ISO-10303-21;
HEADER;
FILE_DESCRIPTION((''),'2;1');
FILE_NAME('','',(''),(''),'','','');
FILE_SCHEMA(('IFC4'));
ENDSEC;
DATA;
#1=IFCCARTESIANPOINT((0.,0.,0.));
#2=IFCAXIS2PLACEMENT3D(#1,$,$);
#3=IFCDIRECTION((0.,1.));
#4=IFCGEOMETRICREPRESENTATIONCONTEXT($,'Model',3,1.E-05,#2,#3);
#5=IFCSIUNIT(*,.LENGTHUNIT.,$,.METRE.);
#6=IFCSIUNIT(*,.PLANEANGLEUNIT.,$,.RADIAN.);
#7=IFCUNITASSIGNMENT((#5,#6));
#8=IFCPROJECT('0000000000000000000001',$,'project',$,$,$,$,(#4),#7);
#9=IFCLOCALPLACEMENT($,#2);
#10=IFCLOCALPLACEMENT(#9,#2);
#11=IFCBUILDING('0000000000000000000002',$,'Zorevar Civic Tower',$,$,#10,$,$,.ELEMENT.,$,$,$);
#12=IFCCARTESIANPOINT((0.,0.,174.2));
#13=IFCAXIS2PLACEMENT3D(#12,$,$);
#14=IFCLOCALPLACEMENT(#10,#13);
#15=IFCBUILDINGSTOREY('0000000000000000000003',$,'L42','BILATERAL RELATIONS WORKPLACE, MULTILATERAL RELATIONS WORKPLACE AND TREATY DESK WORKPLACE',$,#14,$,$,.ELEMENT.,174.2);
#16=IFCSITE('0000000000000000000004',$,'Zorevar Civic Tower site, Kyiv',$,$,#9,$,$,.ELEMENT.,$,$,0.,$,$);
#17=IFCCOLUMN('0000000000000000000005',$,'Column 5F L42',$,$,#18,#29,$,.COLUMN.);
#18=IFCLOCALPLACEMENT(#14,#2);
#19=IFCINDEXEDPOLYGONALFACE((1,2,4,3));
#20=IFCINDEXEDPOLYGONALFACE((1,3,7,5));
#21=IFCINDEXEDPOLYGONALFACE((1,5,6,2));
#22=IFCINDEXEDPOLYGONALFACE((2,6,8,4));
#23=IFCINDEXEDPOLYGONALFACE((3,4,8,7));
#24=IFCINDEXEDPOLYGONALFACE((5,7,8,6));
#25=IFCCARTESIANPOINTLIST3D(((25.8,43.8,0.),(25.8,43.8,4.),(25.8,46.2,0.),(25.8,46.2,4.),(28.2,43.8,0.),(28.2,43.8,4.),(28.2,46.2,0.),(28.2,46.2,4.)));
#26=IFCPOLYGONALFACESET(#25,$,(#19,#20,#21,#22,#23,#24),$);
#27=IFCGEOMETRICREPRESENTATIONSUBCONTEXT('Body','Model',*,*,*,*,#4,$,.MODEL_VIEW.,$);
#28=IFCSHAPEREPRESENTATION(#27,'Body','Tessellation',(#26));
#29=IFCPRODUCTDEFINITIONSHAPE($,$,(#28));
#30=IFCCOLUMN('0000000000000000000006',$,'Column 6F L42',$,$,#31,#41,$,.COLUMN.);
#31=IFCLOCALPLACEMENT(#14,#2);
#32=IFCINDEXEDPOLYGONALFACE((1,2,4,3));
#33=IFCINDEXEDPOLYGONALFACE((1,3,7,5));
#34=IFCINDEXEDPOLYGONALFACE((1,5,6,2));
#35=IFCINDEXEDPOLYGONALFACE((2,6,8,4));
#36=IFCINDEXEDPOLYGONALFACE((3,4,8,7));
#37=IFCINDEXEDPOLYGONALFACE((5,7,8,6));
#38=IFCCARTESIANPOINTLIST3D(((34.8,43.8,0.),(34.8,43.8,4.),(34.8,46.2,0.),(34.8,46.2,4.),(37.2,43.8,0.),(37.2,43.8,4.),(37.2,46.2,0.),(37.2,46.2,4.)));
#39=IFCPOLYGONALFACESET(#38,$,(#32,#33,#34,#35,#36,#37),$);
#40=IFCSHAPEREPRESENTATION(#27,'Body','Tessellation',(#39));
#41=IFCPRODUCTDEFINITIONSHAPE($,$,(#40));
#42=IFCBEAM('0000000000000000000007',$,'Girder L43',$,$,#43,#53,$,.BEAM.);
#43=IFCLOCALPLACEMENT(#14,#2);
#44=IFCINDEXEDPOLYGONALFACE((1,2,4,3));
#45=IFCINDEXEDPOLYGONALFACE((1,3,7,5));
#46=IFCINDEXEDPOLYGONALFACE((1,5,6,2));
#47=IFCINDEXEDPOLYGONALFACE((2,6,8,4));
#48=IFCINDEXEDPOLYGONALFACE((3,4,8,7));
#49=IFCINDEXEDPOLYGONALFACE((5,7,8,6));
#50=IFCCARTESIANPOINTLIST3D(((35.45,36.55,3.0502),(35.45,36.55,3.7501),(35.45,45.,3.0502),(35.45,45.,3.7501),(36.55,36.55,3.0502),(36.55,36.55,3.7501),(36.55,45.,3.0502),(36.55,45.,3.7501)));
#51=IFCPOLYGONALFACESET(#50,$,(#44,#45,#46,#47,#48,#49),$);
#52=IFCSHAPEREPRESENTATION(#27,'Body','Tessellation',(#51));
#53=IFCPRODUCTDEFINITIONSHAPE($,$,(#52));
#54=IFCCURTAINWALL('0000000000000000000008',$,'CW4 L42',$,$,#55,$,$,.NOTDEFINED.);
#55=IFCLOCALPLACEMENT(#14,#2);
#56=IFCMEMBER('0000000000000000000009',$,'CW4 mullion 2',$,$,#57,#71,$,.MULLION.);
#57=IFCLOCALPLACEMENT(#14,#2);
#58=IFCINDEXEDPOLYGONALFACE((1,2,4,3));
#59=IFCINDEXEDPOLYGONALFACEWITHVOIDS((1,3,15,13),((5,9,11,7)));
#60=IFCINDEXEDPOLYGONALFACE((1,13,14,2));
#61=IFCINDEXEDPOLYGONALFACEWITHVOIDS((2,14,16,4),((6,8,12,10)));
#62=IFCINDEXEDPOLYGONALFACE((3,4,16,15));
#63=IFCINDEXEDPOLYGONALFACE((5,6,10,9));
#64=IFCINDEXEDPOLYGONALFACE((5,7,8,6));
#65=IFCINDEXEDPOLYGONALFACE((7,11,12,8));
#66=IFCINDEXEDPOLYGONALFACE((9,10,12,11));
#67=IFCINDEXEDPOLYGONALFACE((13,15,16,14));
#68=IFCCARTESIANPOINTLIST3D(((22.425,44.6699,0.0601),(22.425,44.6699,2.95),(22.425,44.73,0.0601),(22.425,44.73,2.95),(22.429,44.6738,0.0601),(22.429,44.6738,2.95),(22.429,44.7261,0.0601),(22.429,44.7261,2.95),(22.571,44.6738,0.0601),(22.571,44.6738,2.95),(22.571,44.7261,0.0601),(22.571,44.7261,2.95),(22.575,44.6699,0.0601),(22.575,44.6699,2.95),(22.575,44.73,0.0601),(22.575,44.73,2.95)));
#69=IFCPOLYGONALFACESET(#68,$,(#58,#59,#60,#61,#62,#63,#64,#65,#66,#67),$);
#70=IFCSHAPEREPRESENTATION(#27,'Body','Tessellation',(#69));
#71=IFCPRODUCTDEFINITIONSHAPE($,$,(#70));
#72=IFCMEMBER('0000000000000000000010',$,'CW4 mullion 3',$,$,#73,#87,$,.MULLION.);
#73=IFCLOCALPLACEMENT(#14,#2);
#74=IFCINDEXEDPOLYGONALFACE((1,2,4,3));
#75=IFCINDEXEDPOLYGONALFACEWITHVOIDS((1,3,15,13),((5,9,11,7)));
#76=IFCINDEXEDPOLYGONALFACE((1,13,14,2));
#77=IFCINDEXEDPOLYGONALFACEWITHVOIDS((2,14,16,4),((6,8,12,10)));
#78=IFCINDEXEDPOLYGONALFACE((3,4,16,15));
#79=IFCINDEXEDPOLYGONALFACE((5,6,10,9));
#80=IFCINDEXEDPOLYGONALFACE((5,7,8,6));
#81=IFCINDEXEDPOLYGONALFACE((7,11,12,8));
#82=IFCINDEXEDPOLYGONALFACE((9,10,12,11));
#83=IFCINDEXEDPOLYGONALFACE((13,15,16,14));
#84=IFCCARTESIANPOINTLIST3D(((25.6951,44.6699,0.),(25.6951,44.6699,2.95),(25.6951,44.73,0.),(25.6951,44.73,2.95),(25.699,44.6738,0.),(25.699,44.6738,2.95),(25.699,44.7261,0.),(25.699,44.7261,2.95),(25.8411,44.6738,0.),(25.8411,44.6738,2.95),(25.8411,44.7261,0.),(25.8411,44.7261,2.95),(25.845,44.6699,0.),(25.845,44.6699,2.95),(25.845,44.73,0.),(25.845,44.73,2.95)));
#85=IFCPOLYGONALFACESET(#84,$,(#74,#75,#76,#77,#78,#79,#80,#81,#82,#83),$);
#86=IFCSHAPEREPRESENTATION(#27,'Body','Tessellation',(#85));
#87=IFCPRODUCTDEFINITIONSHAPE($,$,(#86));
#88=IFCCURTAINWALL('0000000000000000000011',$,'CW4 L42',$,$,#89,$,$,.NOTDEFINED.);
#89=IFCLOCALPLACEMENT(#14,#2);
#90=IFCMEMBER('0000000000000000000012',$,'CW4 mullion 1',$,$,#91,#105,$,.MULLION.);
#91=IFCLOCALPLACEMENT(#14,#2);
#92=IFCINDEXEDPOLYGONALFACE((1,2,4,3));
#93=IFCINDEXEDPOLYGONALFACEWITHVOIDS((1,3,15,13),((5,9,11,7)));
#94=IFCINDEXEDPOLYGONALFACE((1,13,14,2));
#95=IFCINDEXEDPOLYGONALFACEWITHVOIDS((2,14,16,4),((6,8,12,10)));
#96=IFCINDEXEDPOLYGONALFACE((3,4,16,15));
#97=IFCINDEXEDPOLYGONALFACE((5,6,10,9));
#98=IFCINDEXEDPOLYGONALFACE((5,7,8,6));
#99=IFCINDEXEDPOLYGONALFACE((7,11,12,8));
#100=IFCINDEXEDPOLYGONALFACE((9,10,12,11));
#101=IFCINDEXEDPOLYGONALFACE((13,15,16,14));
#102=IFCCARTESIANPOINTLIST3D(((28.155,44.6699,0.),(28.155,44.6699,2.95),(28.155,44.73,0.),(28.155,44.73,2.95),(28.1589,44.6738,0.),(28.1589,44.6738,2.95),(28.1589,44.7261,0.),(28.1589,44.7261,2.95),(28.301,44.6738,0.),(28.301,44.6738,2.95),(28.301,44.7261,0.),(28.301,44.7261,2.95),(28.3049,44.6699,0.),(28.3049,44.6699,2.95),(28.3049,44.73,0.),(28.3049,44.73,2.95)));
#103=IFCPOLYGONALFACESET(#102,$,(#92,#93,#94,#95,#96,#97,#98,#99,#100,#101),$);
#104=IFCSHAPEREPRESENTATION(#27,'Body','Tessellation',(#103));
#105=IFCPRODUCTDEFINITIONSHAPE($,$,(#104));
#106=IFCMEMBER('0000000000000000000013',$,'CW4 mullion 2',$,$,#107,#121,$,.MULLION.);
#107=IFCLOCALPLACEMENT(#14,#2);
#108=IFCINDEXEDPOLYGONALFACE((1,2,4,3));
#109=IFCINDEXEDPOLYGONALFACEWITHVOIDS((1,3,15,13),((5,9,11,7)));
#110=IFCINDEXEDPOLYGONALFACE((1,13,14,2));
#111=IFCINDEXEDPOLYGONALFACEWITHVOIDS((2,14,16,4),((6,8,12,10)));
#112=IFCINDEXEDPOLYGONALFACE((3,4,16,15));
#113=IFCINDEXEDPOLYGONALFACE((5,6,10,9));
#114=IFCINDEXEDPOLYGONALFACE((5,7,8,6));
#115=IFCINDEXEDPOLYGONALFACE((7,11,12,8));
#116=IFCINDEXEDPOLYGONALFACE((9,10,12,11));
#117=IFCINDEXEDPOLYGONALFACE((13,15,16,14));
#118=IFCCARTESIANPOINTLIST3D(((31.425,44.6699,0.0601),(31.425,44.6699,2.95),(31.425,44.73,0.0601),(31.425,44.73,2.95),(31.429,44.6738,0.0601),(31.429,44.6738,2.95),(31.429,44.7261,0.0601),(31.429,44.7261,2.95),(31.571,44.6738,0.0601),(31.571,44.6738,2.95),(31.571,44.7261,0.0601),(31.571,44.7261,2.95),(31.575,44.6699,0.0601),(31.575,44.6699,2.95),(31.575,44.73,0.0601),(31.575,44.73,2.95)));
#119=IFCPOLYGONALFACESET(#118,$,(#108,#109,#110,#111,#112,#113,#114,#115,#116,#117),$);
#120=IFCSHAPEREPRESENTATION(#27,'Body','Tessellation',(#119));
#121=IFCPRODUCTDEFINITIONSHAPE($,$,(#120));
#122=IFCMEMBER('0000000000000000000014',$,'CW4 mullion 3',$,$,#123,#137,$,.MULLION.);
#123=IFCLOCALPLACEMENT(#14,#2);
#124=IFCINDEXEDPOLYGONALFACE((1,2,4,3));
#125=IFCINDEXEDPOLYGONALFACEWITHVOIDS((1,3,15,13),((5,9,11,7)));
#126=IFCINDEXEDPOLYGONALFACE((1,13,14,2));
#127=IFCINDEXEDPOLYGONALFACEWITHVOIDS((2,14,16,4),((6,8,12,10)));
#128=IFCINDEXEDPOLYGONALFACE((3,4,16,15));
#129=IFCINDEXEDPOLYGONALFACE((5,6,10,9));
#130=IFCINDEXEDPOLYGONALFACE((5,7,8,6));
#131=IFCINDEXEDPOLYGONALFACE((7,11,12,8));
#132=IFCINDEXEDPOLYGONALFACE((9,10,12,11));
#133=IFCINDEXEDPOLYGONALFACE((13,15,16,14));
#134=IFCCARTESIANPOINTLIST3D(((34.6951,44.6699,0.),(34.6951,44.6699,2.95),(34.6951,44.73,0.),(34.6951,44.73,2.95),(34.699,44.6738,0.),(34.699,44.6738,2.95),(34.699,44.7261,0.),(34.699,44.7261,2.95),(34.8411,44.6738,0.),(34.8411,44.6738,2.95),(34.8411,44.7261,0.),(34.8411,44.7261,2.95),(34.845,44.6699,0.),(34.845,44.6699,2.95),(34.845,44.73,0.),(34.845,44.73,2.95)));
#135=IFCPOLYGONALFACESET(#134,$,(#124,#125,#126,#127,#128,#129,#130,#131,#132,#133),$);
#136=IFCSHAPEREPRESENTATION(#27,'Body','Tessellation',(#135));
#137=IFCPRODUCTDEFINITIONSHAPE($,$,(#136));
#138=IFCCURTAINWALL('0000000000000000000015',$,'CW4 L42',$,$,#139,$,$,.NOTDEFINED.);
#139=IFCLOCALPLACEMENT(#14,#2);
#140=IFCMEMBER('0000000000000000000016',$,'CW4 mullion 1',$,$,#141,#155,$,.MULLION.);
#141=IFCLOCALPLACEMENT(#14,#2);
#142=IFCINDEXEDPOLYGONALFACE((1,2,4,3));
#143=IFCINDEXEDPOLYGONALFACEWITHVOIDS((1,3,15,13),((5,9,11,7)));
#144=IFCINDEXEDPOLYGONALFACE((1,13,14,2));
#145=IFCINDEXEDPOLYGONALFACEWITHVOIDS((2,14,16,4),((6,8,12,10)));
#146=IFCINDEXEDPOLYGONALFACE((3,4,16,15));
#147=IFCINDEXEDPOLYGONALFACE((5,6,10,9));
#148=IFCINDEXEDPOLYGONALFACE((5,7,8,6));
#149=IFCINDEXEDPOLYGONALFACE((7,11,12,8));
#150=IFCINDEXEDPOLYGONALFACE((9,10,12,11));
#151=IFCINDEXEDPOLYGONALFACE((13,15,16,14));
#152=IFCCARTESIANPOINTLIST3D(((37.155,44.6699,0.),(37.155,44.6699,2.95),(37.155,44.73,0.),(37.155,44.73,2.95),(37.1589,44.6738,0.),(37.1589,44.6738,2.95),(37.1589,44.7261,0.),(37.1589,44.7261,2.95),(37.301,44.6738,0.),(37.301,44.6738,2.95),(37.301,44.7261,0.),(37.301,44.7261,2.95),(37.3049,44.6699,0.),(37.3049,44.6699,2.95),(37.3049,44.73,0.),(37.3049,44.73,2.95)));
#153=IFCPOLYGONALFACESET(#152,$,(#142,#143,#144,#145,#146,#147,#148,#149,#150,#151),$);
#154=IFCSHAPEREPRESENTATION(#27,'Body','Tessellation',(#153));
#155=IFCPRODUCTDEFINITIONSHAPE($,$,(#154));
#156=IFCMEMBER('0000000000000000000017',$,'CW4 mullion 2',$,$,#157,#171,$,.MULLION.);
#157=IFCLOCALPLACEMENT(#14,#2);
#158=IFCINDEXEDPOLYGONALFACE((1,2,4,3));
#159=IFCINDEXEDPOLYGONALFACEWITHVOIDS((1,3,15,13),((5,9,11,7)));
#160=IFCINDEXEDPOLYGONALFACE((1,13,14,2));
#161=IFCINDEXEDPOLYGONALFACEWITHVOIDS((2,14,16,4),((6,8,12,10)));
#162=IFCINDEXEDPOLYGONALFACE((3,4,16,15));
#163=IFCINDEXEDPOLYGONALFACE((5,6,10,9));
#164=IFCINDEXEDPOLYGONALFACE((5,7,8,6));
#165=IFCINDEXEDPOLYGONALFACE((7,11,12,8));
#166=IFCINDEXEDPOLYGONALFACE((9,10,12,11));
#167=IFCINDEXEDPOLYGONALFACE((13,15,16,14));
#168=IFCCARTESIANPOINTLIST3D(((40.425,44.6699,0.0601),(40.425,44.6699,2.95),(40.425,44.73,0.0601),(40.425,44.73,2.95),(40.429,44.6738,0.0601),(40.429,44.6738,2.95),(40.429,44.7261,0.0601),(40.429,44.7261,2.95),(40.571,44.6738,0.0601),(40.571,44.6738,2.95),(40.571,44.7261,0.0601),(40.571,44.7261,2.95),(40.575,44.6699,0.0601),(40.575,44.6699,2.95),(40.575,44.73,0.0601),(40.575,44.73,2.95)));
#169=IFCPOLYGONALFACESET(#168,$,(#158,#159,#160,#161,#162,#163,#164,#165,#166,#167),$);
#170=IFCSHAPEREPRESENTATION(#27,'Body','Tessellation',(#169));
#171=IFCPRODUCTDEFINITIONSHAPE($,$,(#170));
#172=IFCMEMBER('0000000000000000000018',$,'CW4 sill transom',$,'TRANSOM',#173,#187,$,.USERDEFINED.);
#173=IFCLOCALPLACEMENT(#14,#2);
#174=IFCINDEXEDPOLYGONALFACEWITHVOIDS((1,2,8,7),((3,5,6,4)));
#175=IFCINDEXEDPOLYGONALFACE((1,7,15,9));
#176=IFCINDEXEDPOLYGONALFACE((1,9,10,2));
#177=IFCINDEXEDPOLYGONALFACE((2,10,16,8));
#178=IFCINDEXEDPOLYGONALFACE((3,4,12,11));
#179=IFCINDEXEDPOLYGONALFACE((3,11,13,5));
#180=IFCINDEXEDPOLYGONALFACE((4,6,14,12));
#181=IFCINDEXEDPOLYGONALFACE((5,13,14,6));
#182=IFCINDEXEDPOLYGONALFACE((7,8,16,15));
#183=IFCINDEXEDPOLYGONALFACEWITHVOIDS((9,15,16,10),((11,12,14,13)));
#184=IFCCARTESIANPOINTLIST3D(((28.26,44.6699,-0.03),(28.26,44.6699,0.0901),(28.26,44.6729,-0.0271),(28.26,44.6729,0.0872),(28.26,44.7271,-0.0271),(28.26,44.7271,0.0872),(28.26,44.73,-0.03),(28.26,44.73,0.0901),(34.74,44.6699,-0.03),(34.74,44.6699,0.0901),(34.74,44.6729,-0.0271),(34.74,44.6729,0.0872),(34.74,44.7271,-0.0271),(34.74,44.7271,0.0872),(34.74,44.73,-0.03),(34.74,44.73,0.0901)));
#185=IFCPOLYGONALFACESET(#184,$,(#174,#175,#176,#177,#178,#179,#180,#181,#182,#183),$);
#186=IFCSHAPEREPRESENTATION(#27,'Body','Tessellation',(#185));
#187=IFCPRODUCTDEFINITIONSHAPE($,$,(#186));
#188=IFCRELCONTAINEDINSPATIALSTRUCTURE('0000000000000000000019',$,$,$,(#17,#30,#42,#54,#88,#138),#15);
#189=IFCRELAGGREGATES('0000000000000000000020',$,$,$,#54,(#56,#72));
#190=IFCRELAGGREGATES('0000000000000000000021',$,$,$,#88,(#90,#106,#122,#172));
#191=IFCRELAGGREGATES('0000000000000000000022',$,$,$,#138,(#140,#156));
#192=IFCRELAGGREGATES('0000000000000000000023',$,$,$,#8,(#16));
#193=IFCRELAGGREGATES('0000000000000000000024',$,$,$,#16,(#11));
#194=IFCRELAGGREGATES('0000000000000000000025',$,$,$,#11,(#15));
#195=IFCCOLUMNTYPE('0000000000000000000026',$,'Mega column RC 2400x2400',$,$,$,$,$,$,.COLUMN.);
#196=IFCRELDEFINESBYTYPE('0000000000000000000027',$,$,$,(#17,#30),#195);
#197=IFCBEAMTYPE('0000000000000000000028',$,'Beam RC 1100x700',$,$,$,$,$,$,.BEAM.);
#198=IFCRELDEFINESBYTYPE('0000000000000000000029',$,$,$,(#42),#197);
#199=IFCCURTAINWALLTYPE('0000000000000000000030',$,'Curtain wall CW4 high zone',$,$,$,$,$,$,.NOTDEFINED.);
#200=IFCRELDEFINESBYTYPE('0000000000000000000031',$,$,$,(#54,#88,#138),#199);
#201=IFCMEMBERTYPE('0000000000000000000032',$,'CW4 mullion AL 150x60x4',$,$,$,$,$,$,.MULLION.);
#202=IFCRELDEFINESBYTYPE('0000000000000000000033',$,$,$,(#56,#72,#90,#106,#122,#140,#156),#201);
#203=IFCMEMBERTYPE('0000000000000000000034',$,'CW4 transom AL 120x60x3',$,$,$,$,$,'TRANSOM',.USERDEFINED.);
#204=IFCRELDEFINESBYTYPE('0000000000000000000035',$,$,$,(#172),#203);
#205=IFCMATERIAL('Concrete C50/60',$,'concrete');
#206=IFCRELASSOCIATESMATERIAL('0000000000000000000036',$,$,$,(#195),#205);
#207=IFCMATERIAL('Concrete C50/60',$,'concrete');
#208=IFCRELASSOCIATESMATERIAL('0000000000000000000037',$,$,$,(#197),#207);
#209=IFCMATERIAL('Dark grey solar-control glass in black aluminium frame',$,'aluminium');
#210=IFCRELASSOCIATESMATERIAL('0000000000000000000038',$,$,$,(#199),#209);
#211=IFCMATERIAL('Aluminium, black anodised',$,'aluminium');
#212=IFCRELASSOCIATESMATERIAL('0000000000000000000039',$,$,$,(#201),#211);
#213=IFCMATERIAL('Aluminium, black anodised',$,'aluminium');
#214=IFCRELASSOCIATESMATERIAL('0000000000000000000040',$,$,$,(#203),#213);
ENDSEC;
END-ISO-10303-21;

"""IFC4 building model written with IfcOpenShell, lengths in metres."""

from ifc_helpers import new_model, si_unit, direction, frame, origin, origin_2d, place, context, subcontext, project, spatial, rectangle, hollow_rectangle, extrude, material, material_profile, profile_set, type_object, element, aggregate, save


model = new_model("IFC4")

# Units and contexts
model_context = context("Model", 3, precision=1e-05, world=origin(), true_north=direction((0.0, 1.0)))
body_context = subcontext(model_context, "Body", "Model", "MODEL_VIEW")
ifc_project = project(units=[si_unit("LENGTHUNIT", "METRE"), si_unit("PLANEANGLEUNIT", "RADIAN")], contexts=[model_context])

# Site, building, storey
site_placement = place(None, origin())
site = spatial("IfcSite", under=ifc_project, at=site_placement, Name="Zorevar Civic Tower site, Kyiv", CompositionType="ELEMENT", RefElevation=0.0)
building_placement = place(site_placement, origin())
building = spatial("IfcBuilding", under=site, at=building_placement, Name="Zorevar Civic Tower", CompositionType="ELEMENT")
storey_placement = place(building_placement, frame((0.0, 0.0, 174.2)))
storey = spatial("IfcBuildingStorey", under=building, at=storey_placement, Name="L42", Description="BILATERAL RELATIONS WORKPLACE, MULTILATERAL RELATIONS WORKPLACE AND TREATY DESK WORKPLACE", CompositionType="ELEMENT", Elevation=174.2)

# Columns
ifc_material_1 = material(Name="Concrete C50/60", Category="concrete")
ifc_material_profile_1 = material_profile(ifc_material_1, rectangle(XDim=2.3999, YDim=2.3999, at=origin_2d()), Name="RC 2400x2400")
ifc_profile_set_1 = profile_set([ifc_material_profile_1], Name="Concrete C50/60")
column_type = type_object("IfcColumnType", Name="Mega column RC 2400x2400", PredefinedType="COLUMN", material=ifc_profile_set_1)
for number, where, z_axis, x_axis, name in (
    (1, (27.0, 45.0, 0.0), (0.0, 0.0, 1.0), (1.0, 0.0, 0.0), "Column 5F L42"),
    (2, (36.0, 45.0, 0.0), (0.0, 0.0, 1.0), (1.0, 0.0, 0.0), "Column 6F L42"),
):
    element("IfcColumn", number, at=place(storey_placement, frame(where, z_axis=z_axis, x_axis=x_axis)), inside=storey, type_object=column_type, Name=name, PredefinedType="COLUMN", context=body_context, shape_type="SweptSolid", body=[
        extrude(rectangle(XDim=2.3999, YDim=2.3999, at=origin_2d()), origin(), (0.0, 0.0, 1.0), 4.0),
    ])

# Beam
ifc_material_2 = material(Name="Concrete C50/60", Category="concrete")
ifc_material_profile_2 = material_profile(ifc_material_2, rectangle(XDim=1.1001, YDim=0.7, at=origin_2d()), Name="RC 1100x700")
ifc_profile_set_2 = profile_set([ifc_material_profile_2], Name="Concrete C50/60")
beam_type_1 = type_object("IfcBeamType", Name="Beam RC 1100x700", PredefinedType="BEAM", material=ifc_profile_set_2)
beam_placement = place(storey_placement, frame((36.0, 36.55, 3.4001), z_axis=(0.0, 1.0, 0.0), x_axis=(-1.0, 0.0, 0.0)))
element("IfcBeam", 3, at=beam_placement, inside=storey, type_object=beam_type_1, Name="Girder L43", PredefinedType="BEAM", context=body_context, shape_type="SweptSolid", body=[
    extrude(rectangle(XDim=1.1001, YDim=0.7, at=origin_2d()), origin(), (0.0, 0.0, 1.0), 8.45),
])

# Curtain walls, members
ifc_material_3 = material(Name="Dark grey solar-control glass in black aluminium frame", Category="aluminium")
curtain_wall_type = type_object("IfcCurtainWallType", Name="Curtain wall CW4 high zone", PredefinedType="NOTDEFINED", material=ifc_material_3)
curtain_wall_1_placement = place(storey_placement, origin())
curtain_wall_1 = element("IfcCurtainWall", 4, at=curtain_wall_1_placement, inside=storey, type_object=curtain_wall_type, Name="CW4 L42", PredefinedType="NOTDEFINED")
ifc_material_4 = material(Name="Aluminium, black anodised", Category="aluminium")
ifc_material_profile_3 = material_profile(ifc_material_4, hollow_rectangle(XDim=0.0601, YDim=0.1499, WallThickness=0.0039, at=origin_2d()), Name="AL 150x60x4")
ifc_profile_set_3 = profile_set([ifc_material_profile_3], Name="Aluminium, black anodised")
member_type_1 = type_object("IfcMemberType", Name="CW4 mullion AL 150x60x4", PredefinedType="MULLION", material=ifc_profile_set_3)
member_1_placement = place(storey_placement, frame((22.5, 44.7, 0.0601), z_axis=(0.0, 0.0, 1.0), x_axis=(0.0, 1.0, 0.0)))
member_1 = element("IfcMember", 5, at=member_1_placement, type_object=member_type_1, Name="CW4 mullion 2", PredefinedType="MULLION", context=body_context, shape_type="SweptSolid", body=[
    extrude(hollow_rectangle(XDim=0.0601, YDim=0.1499, WallThickness=0.0039, at=origin_2d()), origin(), (0.0, 0.0, 1.0), 2.8899),
])
member_2_placement = place(storey_placement, frame((25.77, 44.7, 0.0), z_axis=(0.0, 0.0, 1.0), x_axis=(0.0, 1.0, 0.0)))
member_2 = element("IfcMember", 6, at=member_2_placement, type_object=member_type_1, Name="CW4 mullion 3", PredefinedType="MULLION", context=body_context, shape_type="SweptSolid", body=[
    extrude(hollow_rectangle(XDim=0.0601, YDim=0.1499, WallThickness=0.0039, at=origin_2d()), origin(), (0.0, 0.0, 1.0), 2.95),
])
curtain_wall_2_placement = place(storey_placement, origin())
curtain_wall_2 = element("IfcCurtainWall", 7, at=curtain_wall_2_placement, inside=storey, type_object=curtain_wall_type, Name="CW4 L42", PredefinedType="NOTDEFINED")
member_3_placement = place(storey_placement, frame((28.23, 44.7, 0.0), z_axis=(0.0, 0.0, 1.0), x_axis=(0.0, 1.0, 0.0)))
member_3 = element("IfcMember", 8, at=member_3_placement, type_object=member_type_1, Name="CW4 mullion 1", PredefinedType="MULLION", context=body_context, shape_type="SweptSolid", body=[
    extrude(hollow_rectangle(XDim=0.0601, YDim=0.1499, WallThickness=0.0039, at=origin_2d()), origin(), (0.0, 0.0, 1.0), 2.95),
])
member_4_placement = place(storey_placement, frame((31.5, 44.7, 0.0601), z_axis=(0.0, 0.0, 1.0), x_axis=(0.0, 1.0, 0.0)))
member_4 = element("IfcMember", 9, at=member_4_placement, type_object=member_type_1, Name="CW4 mullion 2", PredefinedType="MULLION", context=body_context, shape_type="SweptSolid", body=[
    extrude(hollow_rectangle(XDim=0.0601, YDim=0.1499, WallThickness=0.0039, at=origin_2d()), origin(), (0.0, 0.0, 1.0), 2.8899),
])
member_5_placement = place(storey_placement, frame((34.77, 44.7, 0.0), z_axis=(0.0, 0.0, 1.0), x_axis=(0.0, 1.0, 0.0)))
member_5 = element("IfcMember", 10, at=member_5_placement, type_object=member_type_1, Name="CW4 mullion 3", PredefinedType="MULLION", context=body_context, shape_type="SweptSolid", body=[
    extrude(hollow_rectangle(XDim=0.0601, YDim=0.1499, WallThickness=0.0039, at=origin_2d()), origin(), (0.0, 0.0, 1.0), 2.95),
])
curtain_wall_3_placement = place(storey_placement, origin())
curtain_wall_3 = element("IfcCurtainWall", 11, at=curtain_wall_3_placement, inside=storey, type_object=curtain_wall_type, Name="CW4 L42", PredefinedType="NOTDEFINED")
member_6_placement = place(storey_placement, frame((37.23, 44.7, 0.0), z_axis=(0.0, 0.0, 1.0), x_axis=(0.0, 1.0, 0.0)))
member_6 = element("IfcMember", 12, at=member_6_placement, type_object=member_type_1, Name="CW4 mullion 1", PredefinedType="MULLION", context=body_context, shape_type="SweptSolid", body=[
    extrude(hollow_rectangle(XDim=0.0601, YDim=0.1499, WallThickness=0.0039, at=origin_2d()), origin(), (0.0, 0.0, 1.0), 2.95),
])
member_7_placement = place(storey_placement, frame((40.5, 44.7, 0.0601), z_axis=(0.0, 0.0, 1.0), x_axis=(0.0, 1.0, 0.0)))
member_7 = element("IfcMember", 13, at=member_7_placement, type_object=member_type_1, Name="CW4 mullion 2", PredefinedType="MULLION", context=body_context, shape_type="SweptSolid", body=[
    extrude(hollow_rectangle(XDim=0.0601, YDim=0.1499, WallThickness=0.0039, at=origin_2d()), origin(), (0.0, 0.0, 1.0), 2.8899),
])

# Member
ifc_material_5 = material(Name="Aluminium, black anodised", Category="aluminium")
ifc_material_profile_4 = material_profile(ifc_material_5, hollow_rectangle(XDim=0.0601, YDim=0.1201, WallThickness=0.0029, at=origin_2d()), Name="AL 120x60x3")
ifc_profile_set_4 = profile_set([ifc_material_profile_4], Name="Aluminium, black anodised")
member_type_2 = type_object("IfcMemberType", Name="CW4 transom AL 120x60x3", ElementType="TRANSOM", PredefinedType="USERDEFINED", material=ifc_profile_set_4)
member_8_placement = place(storey_placement, frame((28.26, 44.7, 0.03), z_axis=(1.0, 0.0, 0.0), x_axis=(0.0, 1.0, 0.0)))
member_8 = element("IfcMember", 14, at=member_8_placement, type_object=member_type_2, Name="CW4 sill transom", ObjectType="TRANSOM", PredefinedType="USERDEFINED", context=body_context, shape_type="SweptSolid", body=[
    extrude(hollow_rectangle(XDim=0.0601, YDim=0.1201, WallThickness=0.0029, at=origin_2d()), origin(), (0.0, 0.0, 1.0), 6.48),
])

aggregate(curtain_wall_1, [member_1, member_2])
aggregate(curtain_wall_2, [member_3, member_4, member_5, member_8])
aggregate(curtain_wall_3, [member_6, member_7])

save(model, "model.ifc")
